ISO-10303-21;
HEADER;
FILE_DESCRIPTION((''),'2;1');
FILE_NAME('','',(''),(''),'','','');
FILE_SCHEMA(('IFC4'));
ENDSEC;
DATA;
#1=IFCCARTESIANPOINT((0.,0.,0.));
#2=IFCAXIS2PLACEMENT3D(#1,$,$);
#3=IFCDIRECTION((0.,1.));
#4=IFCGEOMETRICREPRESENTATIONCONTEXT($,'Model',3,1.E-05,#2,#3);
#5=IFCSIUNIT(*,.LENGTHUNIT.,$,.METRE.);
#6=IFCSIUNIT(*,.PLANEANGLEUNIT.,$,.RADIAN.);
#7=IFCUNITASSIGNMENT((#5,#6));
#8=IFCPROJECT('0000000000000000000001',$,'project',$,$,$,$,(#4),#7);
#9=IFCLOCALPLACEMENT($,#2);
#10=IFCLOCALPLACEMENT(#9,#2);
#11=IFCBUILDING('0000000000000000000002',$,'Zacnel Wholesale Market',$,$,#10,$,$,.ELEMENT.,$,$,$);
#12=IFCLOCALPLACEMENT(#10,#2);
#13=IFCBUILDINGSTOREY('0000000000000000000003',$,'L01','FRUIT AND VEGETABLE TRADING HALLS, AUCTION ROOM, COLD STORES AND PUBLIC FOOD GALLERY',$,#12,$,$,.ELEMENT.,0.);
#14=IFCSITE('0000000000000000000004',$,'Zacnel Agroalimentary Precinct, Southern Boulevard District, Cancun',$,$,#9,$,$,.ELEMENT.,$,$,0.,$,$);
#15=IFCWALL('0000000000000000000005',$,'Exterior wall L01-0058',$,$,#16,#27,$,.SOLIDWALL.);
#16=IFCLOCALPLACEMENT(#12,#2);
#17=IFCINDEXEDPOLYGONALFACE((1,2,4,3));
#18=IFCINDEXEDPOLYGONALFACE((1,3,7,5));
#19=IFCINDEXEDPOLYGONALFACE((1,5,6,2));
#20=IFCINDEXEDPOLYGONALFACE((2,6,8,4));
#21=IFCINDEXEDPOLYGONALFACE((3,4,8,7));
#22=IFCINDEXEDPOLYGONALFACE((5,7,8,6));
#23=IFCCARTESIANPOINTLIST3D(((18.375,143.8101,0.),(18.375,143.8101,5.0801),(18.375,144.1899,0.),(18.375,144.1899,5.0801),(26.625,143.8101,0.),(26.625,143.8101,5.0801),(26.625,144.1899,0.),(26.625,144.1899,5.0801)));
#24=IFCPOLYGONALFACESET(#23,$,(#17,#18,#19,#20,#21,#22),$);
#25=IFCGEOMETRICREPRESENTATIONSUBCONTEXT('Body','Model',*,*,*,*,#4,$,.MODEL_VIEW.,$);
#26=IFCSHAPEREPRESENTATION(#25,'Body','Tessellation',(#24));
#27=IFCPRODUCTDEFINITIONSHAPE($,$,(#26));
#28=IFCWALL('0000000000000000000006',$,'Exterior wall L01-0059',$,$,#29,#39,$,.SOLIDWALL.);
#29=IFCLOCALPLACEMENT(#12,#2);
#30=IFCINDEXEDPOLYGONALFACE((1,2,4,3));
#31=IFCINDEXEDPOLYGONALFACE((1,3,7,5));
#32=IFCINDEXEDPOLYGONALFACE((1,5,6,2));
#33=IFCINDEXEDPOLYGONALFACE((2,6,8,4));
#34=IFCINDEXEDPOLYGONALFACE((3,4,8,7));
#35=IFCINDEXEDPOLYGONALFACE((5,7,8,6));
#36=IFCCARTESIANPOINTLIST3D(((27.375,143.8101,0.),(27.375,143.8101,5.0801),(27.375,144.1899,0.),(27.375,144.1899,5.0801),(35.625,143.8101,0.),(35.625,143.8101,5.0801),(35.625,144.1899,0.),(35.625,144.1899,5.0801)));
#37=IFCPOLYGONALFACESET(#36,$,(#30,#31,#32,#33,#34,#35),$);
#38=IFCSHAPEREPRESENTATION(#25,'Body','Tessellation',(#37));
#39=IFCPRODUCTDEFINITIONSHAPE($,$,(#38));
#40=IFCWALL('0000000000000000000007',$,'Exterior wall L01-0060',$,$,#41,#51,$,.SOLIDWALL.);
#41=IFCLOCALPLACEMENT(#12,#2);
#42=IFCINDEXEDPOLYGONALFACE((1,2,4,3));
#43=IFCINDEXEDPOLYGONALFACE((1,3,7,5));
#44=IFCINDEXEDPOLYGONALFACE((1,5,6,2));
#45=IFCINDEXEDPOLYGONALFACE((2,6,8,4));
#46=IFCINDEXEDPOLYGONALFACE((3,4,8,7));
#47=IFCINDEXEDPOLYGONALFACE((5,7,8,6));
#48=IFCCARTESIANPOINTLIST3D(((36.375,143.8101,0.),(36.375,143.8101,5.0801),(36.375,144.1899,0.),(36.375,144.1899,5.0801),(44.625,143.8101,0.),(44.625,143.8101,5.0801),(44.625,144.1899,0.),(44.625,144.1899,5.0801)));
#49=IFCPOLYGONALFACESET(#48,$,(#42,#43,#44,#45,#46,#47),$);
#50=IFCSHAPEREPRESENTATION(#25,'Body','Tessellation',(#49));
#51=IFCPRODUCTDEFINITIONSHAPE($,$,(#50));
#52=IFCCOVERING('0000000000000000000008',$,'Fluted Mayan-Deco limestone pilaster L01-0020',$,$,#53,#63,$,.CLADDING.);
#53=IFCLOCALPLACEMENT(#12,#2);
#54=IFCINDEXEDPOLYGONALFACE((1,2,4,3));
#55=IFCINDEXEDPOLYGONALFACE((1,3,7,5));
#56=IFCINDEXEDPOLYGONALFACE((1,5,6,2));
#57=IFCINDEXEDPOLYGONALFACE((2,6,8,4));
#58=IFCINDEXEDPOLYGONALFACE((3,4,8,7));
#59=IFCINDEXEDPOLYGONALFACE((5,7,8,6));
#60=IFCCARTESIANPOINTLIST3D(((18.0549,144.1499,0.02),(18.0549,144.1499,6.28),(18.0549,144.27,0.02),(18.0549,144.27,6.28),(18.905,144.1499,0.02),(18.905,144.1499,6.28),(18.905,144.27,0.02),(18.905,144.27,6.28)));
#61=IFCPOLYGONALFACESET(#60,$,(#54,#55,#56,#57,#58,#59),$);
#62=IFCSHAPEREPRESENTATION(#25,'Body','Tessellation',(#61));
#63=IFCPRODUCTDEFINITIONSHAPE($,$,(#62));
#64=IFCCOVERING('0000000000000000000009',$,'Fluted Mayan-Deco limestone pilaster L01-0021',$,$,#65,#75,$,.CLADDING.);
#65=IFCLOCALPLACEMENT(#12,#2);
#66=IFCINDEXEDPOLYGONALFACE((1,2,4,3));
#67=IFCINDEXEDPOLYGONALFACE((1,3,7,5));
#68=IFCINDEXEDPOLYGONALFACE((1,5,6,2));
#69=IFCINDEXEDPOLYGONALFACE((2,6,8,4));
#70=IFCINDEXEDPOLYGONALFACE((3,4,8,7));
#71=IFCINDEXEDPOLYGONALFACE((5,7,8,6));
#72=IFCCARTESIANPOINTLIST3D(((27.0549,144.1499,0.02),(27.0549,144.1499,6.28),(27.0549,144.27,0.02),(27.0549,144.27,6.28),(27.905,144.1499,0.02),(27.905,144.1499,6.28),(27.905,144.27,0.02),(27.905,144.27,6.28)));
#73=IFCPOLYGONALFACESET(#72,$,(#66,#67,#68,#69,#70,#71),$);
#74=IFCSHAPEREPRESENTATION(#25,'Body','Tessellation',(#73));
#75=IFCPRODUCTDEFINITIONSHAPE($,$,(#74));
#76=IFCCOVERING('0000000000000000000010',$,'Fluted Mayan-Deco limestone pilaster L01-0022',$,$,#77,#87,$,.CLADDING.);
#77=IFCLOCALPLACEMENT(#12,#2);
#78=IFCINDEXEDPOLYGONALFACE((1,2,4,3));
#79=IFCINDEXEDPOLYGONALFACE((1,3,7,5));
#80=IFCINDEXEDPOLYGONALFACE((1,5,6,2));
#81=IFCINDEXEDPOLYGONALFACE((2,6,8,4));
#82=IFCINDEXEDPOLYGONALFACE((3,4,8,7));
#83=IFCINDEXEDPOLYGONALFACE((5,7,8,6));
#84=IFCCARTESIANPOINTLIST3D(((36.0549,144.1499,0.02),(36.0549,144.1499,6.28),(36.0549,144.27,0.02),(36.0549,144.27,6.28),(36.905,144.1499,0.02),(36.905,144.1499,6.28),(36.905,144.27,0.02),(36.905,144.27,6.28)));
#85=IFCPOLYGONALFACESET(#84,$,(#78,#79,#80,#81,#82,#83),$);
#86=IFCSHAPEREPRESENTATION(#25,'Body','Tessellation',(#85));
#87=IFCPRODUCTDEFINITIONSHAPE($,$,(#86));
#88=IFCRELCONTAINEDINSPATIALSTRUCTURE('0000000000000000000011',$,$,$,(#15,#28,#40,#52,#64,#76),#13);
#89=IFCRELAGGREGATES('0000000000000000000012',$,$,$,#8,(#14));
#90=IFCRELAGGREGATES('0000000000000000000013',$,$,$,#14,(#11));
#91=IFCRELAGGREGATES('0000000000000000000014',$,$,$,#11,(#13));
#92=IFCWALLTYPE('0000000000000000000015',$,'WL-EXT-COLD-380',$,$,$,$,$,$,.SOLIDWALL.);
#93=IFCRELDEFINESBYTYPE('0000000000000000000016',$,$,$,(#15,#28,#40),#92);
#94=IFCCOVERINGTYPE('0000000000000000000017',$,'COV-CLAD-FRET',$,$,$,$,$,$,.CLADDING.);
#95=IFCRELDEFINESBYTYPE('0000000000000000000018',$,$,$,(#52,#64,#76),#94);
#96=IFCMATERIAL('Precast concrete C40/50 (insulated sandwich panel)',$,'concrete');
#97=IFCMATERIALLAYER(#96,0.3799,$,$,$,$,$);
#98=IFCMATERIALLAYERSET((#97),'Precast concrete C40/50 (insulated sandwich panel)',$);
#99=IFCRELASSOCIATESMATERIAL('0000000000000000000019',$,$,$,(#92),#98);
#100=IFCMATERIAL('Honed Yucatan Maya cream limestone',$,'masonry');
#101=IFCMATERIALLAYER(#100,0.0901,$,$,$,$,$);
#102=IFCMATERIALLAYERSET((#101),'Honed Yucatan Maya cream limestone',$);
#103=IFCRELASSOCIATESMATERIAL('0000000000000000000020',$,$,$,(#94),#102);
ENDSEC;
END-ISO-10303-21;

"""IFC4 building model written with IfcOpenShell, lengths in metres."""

from ifc_helpers import new_model, si_unit, direction, frame, frame_2d, origin, origin_2d, place, context, subcontext, project, spatial, rectangle, extrude, material, layer, layer_set, type_object, element, save


model = new_model("IFC4")

# Units and contexts
model_context = context("Model", 3, precision=1e-05, world=origin(), true_north=direction((0.0, 1.0)))
body_context = subcontext(model_context, "Body", "Model", "MODEL_VIEW")
ifc_project = project(units=[si_unit("LENGTHUNIT", "METRE"), si_unit("PLANEANGLEUNIT", "RADIAN")], contexts=[model_context])

# Site, building, storey
site_placement = place(None, origin())
site = spatial("IfcSite", under=ifc_project, at=site_placement, Name="Zacnel Agroalimentary Precinct, Southern Boulevard District, Cancun", CompositionType="ELEMENT", RefElevation=0.0)
building_placement = place(site_placement, origin())
building = spatial("IfcBuilding", under=site, at=building_placement, Name="Zacnel Wholesale Market", CompositionType="ELEMENT")
storey_placement = place(building_placement, origin())
storey = spatial("IfcBuildingStorey", under=building, at=storey_placement, Name="L01", Description="FRUIT AND VEGETABLE TRADING HALLS, AUCTION ROOM, COLD STORES AND PUBLIC FOOD GALLERY", CompositionType="ELEMENT", Elevation=0.0)

# Walls
ifc_material_1 = material(Name="Precast concrete C40/50 (insulated sandwich panel)", Category="concrete")
ifc_layer_1 = layer(ifc_material_1, 0.3799)
ifc_layer_set_1 = layer_set([ifc_layer_1], Name="Precast concrete C40/50 (insulated sandwich panel)")
wall_type_1 = type_object("IfcWallType", Name="WL-EXT-COLD-380", PredefinedType="SOLIDWALL", material=ifc_layer_set_1)
for number, where, z_axis, x_axis, name in (
    (1, (18.375, 144.0, 0.0), (0.0, 0.0, 1.0), (1.0, 0.0, 0.0), "Exterior wall L01-0058"),
    (2, (27.375, 144.0, 0.0), (0.0, 0.0, 1.0), (1.0, 0.0, 0.0), "Exterior wall L01-0059"),
    (3, (36.375, 144.0, 0.0), (0.0, 0.0, 1.0), (1.0, 0.0, 0.0), "Exterior wall L01-0060"),
):
    element("IfcWall", number, at=place(storey_placement, frame(where, z_axis=z_axis, x_axis=x_axis)), inside=storey, type_object=wall_type_1, Name=name, PredefinedType="SOLIDWALL", context=body_context, shape_type="SweptSolid", body=[
        extrude(rectangle(XDim=8.25, YDim=0.3799, at=frame_2d((4.125, 0.0))), origin(), (0.0, 0.0, 1.0), 5.0801),
    ])

# Coverings
ifc_material_2 = material(Name="Honed Yucatan Maya cream limestone", Category="masonry")
ifc_layer_2 = layer(ifc_material_2, 0.0901)
ifc_layer_set_2 = layer_set([ifc_layer_2], Name="Honed Yucatan Maya cream limestone")
covering_type = type_object("IfcCoveringType", Name="COV-CLAD-FRET", PredefinedType="CLADDING", material=ifc_layer_set_2)
for number, where, z_axis, x_axis, name in (
    (4, (18.48, 144.21, 0.02), (0.0, 0.0, 1.0), (1.0, 0.0, 0.0), "Fluted Mayan-Deco limestone pilaster L01-0020"),
    (5, (27.48, 144.21, 0.02), (0.0, 0.0, 1.0), (1.0, 0.0, 0.0), "Fluted Mayan-Deco limestone pilaster L01-0021"),
    (6, (36.48, 144.21, 0.02), (0.0, 0.0, 1.0), (1.0, 0.0, 0.0), "Fluted Mayan-Deco limestone pilaster L01-0022"),
):
    element("IfcCovering", number, at=place(storey_placement, frame(where, z_axis=z_axis, x_axis=x_axis)), inside=storey, type_object=covering_type, Name=name, PredefinedType="CLADDING", context=body_context, shape_type="SweptSolid", body=[
        extrude(rectangle(XDim=0.8501, YDim=0.1201, at=origin_2d()), origin(), (0.0, 0.0, 1.0), 6.26),
    ])

save(model, "model.ifc")
